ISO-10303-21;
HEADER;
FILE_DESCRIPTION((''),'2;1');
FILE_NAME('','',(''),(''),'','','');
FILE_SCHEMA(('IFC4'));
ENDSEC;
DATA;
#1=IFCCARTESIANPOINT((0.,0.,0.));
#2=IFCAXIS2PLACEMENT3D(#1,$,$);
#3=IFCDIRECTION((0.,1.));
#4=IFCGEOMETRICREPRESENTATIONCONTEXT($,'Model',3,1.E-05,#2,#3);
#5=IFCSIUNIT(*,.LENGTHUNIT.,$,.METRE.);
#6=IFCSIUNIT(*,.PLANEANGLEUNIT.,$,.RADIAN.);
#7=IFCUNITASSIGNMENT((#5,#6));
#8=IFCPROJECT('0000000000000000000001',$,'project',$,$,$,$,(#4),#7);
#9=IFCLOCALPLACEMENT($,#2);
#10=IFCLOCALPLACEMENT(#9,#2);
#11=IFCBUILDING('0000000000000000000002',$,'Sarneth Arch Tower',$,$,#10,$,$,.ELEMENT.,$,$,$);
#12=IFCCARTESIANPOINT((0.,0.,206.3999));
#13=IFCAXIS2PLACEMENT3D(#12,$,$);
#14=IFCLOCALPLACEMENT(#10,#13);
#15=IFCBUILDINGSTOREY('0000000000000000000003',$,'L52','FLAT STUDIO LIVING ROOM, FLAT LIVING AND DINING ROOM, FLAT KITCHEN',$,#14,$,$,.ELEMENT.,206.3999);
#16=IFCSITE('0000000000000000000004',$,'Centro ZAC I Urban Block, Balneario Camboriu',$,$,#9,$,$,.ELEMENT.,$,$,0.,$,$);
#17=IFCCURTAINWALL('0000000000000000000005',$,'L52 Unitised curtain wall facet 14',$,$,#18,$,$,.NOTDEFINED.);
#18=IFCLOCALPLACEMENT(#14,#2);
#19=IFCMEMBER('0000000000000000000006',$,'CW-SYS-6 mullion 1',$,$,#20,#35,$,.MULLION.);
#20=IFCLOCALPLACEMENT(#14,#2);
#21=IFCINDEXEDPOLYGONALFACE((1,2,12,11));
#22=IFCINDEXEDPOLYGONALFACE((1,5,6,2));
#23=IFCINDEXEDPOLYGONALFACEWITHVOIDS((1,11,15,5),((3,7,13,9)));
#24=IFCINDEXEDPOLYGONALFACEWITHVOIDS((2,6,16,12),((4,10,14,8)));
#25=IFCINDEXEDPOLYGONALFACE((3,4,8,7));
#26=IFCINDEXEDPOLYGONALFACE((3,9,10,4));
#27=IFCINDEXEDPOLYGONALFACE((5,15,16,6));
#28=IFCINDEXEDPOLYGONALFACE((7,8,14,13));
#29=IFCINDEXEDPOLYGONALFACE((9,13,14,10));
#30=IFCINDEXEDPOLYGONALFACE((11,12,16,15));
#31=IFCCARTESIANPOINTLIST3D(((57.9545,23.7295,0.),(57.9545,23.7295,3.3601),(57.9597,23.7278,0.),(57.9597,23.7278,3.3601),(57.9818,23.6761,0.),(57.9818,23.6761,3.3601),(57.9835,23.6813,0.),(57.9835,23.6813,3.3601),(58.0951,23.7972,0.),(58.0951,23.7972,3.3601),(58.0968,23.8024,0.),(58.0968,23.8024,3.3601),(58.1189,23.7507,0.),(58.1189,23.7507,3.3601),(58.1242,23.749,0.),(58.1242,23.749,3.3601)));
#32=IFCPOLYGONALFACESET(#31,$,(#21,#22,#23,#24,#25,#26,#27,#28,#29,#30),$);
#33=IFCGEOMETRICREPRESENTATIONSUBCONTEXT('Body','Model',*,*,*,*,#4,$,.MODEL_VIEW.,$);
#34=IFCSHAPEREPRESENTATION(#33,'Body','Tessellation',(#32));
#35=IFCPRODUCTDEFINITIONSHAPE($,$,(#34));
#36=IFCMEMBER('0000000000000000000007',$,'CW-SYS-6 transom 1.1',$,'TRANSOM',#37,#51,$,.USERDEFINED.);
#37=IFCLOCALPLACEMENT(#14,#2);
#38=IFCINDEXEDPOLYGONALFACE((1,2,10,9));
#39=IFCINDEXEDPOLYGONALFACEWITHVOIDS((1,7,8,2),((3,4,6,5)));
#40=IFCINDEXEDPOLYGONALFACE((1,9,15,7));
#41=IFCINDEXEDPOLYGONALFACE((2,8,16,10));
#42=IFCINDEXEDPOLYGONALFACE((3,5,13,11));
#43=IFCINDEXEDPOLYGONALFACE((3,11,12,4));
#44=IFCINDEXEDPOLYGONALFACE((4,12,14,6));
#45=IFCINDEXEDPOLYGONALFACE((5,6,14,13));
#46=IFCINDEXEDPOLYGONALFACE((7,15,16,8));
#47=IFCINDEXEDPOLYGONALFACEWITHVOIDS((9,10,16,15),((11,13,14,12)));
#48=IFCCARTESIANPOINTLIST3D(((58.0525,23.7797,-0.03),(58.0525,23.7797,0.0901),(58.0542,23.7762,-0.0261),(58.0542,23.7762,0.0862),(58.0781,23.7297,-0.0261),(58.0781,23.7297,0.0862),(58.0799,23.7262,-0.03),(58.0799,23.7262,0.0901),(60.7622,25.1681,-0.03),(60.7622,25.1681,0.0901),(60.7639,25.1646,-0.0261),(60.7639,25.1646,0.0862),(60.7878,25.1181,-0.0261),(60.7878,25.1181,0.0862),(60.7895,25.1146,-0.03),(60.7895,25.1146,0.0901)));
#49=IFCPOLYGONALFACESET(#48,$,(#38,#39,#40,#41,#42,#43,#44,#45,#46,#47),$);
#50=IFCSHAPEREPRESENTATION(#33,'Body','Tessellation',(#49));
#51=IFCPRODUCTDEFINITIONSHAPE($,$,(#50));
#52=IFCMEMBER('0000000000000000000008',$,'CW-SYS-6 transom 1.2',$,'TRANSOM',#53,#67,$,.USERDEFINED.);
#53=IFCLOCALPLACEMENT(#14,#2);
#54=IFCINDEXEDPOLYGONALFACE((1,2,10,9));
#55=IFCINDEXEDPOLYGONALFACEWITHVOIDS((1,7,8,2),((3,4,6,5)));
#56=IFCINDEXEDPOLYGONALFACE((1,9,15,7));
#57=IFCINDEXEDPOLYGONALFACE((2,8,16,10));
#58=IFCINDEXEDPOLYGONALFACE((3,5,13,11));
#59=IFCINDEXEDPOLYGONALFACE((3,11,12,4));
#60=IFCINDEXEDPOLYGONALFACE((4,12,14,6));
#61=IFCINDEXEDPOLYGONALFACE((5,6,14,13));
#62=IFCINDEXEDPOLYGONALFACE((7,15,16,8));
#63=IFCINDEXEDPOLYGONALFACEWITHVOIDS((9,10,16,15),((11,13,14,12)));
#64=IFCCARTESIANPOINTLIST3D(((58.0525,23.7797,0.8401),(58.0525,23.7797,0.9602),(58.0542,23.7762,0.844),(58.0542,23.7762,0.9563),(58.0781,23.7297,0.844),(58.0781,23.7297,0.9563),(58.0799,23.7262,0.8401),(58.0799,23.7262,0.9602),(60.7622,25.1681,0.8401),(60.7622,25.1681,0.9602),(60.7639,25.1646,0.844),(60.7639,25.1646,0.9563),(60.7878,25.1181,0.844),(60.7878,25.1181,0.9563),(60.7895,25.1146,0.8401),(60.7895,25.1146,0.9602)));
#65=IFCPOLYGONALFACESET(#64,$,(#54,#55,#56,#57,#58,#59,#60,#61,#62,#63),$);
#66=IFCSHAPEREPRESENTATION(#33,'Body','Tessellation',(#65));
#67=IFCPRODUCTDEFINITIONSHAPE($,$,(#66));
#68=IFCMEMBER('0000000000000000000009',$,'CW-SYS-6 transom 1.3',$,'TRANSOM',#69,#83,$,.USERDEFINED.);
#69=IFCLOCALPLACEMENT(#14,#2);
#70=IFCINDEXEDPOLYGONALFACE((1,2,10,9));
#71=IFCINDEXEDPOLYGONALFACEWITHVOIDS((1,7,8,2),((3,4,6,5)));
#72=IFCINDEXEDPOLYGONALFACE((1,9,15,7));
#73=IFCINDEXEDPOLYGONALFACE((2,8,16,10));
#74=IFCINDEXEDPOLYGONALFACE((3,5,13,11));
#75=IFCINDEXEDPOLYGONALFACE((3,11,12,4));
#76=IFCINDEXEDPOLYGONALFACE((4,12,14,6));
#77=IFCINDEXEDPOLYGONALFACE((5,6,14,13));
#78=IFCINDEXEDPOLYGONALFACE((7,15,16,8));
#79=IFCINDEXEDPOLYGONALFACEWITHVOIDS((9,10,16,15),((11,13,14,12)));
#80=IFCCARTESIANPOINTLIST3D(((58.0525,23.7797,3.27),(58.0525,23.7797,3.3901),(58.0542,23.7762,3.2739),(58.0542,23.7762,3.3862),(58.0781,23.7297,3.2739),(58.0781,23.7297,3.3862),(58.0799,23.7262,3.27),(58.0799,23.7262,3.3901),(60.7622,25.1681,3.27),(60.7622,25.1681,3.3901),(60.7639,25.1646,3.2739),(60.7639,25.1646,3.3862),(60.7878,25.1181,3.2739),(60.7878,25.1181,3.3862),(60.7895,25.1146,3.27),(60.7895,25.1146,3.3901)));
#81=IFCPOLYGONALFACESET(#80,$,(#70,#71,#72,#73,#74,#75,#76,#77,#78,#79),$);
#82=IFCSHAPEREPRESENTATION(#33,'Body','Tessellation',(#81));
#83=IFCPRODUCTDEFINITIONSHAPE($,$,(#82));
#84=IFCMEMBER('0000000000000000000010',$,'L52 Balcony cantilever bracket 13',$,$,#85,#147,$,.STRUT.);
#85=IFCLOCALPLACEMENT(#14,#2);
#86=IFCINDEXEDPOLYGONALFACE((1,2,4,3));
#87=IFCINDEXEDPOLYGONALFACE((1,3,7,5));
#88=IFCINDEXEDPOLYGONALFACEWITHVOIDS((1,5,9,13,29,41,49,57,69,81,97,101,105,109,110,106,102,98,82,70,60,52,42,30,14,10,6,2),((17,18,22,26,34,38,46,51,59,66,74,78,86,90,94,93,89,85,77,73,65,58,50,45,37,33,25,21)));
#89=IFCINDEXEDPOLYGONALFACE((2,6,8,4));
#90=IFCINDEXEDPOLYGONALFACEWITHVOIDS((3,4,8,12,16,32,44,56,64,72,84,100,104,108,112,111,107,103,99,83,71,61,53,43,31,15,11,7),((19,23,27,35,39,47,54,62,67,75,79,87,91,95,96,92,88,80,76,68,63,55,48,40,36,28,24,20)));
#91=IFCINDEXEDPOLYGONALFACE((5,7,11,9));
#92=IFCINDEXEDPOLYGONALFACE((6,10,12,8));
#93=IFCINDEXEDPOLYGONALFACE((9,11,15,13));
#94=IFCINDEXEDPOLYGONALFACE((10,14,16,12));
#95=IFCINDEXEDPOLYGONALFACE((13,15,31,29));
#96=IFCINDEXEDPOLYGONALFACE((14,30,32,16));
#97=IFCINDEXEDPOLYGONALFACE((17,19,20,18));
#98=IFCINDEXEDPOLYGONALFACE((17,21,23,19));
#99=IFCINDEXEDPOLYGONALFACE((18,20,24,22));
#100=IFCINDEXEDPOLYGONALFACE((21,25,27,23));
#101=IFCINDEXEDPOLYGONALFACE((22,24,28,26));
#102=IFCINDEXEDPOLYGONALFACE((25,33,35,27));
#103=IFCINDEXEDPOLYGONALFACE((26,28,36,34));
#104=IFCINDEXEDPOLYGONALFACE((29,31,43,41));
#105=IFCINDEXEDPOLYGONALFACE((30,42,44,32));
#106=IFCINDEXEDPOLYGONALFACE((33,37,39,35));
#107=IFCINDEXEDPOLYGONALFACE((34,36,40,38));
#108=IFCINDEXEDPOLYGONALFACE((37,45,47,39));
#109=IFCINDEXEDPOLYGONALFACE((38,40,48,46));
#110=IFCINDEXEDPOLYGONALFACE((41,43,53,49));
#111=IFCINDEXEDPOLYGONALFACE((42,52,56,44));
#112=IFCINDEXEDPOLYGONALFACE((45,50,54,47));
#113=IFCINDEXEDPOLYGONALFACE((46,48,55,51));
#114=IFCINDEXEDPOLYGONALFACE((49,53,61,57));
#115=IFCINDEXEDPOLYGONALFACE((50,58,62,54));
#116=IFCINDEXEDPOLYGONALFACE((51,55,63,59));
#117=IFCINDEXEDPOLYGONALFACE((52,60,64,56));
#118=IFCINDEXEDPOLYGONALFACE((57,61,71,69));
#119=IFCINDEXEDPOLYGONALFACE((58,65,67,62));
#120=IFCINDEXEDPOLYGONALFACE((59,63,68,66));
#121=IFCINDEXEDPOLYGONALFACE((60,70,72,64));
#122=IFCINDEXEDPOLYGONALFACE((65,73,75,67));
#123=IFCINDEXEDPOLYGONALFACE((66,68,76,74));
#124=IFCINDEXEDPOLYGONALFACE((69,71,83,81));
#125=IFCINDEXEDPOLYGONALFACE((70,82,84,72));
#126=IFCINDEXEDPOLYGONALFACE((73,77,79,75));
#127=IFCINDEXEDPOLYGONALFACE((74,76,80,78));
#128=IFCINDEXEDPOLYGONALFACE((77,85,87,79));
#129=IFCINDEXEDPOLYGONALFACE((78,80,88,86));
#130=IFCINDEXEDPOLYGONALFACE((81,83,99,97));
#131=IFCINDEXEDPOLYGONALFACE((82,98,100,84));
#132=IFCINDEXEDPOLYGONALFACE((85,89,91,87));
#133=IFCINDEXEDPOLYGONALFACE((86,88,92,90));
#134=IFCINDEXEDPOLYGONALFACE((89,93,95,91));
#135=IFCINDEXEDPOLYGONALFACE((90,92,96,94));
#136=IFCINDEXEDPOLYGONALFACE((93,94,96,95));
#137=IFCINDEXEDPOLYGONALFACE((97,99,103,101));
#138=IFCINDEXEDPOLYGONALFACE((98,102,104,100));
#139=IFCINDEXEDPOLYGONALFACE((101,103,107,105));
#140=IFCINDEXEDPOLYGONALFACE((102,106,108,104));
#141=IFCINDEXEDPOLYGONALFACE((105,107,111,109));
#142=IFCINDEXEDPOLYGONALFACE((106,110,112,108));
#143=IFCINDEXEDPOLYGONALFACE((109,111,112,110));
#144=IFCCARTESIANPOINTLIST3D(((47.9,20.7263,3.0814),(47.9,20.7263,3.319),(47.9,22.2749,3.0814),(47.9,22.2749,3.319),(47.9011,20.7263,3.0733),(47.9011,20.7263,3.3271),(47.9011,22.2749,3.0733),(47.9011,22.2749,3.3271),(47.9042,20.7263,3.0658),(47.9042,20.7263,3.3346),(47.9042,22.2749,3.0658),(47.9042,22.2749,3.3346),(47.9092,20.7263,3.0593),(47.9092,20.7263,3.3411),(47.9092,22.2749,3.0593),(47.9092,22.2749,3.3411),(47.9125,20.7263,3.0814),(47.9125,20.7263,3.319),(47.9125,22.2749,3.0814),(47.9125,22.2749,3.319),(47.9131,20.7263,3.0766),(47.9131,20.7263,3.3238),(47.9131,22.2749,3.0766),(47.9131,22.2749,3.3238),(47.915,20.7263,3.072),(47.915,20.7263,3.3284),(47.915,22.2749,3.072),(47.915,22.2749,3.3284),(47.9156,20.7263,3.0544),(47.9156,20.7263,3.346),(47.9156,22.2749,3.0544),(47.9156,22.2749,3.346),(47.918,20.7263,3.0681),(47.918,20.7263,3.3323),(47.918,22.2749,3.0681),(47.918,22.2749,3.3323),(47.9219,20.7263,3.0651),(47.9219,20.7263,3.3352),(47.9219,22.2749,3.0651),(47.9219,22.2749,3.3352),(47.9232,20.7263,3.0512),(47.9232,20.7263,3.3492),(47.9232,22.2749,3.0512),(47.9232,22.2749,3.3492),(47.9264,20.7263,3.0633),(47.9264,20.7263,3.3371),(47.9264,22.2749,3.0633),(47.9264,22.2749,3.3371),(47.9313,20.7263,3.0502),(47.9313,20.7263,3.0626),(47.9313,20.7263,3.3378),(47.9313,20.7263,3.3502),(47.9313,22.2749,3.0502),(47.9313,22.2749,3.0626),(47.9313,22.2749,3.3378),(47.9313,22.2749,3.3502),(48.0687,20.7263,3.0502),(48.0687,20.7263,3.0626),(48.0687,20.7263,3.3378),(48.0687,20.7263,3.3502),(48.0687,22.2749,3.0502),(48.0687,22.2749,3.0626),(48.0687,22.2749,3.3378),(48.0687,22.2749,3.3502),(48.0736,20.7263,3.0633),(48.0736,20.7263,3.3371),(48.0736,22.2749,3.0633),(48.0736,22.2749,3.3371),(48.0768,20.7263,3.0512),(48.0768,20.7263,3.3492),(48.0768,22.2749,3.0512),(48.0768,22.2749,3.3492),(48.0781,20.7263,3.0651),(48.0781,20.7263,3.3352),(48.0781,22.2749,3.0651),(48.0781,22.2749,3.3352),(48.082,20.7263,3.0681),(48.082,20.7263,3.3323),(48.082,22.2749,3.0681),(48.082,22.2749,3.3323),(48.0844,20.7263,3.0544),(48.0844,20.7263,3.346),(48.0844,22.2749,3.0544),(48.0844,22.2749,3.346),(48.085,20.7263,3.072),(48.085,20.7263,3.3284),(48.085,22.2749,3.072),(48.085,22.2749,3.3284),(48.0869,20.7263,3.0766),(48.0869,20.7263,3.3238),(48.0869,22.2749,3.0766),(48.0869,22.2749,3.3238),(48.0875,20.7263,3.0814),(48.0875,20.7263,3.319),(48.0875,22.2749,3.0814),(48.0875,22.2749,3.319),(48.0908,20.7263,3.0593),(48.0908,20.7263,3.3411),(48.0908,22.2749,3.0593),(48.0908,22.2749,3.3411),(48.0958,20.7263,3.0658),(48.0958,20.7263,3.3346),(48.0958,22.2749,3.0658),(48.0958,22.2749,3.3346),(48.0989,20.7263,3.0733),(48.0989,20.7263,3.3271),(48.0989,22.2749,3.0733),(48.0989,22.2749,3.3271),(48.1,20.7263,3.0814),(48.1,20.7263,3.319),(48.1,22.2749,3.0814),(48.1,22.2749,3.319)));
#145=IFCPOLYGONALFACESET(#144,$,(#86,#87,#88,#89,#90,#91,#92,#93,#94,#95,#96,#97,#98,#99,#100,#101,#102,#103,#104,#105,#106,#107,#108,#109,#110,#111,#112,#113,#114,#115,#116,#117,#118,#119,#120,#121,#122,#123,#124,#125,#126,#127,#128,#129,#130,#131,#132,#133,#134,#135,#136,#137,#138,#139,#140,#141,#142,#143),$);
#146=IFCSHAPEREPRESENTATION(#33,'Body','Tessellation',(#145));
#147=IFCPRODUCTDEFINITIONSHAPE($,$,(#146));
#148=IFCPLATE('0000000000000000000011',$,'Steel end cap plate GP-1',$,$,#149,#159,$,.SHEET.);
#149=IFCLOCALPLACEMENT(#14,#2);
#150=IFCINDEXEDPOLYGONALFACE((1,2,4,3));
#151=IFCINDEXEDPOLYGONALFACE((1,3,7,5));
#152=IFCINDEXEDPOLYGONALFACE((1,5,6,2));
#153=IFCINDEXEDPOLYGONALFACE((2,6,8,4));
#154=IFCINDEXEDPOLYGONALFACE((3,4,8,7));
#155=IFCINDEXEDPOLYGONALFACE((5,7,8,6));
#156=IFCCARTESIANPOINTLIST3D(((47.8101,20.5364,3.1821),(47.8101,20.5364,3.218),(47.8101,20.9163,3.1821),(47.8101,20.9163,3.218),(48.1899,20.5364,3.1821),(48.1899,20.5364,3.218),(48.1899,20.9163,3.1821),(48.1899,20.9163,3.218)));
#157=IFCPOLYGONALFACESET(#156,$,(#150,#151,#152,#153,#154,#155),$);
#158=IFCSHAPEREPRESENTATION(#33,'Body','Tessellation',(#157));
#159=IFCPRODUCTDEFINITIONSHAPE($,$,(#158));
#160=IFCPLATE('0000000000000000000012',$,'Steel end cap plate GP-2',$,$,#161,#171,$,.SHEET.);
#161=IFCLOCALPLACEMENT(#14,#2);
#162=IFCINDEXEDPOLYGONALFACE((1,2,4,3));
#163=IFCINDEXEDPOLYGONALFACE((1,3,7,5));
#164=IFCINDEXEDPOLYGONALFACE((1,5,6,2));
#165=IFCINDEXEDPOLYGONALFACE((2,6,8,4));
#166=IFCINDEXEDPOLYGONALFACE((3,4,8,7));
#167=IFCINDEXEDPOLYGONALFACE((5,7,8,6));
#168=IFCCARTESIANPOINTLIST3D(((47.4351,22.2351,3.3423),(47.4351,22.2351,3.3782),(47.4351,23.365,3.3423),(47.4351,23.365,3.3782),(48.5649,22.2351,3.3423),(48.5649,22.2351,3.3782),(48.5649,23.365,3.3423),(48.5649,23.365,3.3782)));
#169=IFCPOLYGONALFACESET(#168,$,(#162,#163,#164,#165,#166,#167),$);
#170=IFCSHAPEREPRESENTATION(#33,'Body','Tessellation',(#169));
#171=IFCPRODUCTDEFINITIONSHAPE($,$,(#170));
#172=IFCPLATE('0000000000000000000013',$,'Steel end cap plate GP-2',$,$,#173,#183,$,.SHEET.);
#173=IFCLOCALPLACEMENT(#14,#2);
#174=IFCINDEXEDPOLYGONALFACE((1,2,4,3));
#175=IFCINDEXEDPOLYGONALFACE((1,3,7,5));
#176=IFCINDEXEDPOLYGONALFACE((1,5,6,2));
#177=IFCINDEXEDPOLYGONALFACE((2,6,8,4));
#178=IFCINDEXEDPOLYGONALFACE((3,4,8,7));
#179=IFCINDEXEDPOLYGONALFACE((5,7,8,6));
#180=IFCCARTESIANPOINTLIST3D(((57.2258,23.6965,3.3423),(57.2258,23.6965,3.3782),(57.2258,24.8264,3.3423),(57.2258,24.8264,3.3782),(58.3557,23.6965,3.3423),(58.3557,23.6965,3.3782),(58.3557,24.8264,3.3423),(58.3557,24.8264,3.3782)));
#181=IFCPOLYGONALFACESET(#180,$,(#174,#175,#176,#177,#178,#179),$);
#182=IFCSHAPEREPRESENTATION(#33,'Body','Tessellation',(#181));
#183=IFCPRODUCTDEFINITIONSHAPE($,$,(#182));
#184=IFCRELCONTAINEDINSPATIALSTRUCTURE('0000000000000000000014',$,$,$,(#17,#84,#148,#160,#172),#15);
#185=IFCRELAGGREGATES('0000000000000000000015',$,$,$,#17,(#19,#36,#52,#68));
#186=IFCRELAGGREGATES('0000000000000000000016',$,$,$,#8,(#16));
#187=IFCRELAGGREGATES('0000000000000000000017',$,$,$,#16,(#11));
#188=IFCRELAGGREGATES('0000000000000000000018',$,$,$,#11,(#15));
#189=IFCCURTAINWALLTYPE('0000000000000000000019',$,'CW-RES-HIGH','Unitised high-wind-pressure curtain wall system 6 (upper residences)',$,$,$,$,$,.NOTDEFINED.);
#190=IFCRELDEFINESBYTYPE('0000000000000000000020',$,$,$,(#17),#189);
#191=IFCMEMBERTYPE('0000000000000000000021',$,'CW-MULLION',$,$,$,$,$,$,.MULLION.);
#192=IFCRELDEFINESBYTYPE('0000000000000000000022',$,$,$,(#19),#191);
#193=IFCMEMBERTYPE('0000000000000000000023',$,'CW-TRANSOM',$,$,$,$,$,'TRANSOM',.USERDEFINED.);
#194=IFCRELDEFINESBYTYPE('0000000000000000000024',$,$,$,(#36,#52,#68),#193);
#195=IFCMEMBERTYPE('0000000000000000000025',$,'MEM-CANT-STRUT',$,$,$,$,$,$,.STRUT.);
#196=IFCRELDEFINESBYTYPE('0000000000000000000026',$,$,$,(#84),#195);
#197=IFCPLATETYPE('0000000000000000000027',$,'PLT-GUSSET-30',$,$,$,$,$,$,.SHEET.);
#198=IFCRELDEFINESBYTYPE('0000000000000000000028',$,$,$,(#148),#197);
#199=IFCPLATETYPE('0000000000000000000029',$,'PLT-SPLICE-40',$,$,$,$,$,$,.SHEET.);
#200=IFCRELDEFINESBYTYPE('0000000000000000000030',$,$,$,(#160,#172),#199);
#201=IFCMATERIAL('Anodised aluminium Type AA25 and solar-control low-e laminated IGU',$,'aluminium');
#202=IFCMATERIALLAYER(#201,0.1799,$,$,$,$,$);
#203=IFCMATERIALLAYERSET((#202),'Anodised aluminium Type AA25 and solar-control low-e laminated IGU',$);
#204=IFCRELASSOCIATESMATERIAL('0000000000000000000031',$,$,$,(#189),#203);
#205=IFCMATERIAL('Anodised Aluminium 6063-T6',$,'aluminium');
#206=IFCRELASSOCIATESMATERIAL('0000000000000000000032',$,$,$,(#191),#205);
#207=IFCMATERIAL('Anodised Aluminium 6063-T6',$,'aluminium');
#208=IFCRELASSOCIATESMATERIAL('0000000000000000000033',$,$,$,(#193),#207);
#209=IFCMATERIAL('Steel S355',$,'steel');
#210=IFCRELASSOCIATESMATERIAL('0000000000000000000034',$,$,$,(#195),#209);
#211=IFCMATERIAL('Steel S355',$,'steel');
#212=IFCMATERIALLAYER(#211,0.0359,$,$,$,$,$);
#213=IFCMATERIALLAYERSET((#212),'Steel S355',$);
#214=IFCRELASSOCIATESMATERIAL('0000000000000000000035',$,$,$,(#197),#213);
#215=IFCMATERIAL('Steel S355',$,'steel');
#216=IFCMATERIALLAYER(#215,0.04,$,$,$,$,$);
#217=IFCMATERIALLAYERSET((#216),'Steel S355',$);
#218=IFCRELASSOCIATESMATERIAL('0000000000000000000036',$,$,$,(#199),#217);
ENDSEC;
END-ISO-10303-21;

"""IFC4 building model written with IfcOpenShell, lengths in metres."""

from ifc_helpers import new_model, si_unit, direction, frame, origin, origin_2d, place, context, subcontext, project, spatial, rectangle, hollow_rectangle, extrude, material, layer, layer_set, material_profile, profile_set, type_object, element, aggregate, save


model = new_model("IFC4")

# Units and contexts
model_context = context("Model", 3, precision=1e-05, world=origin(), true_north=direction((0.0, 1.0)))
body_context = subcontext(model_context, "Body", "Model", "MODEL_VIEW")
ifc_project = project(units=[si_unit("LENGTHUNIT", "METRE"), si_unit("PLANEANGLEUNIT", "RADIAN")], contexts=[model_context])

# Site, building, storey
site_placement = place(None, origin())
site = spatial("IfcSite", under=ifc_project, at=site_placement, Name="Centro ZAC I Urban Block, Balneario Camboriu", CompositionType="ELEMENT", RefElevation=0.0)
building_placement = place(site_placement, origin())
building = spatial("IfcBuilding", under=site, at=building_placement, Name="Sarneth Arch Tower", CompositionType="ELEMENT")
storey_placement = place(building_placement, frame((0.0, 0.0, 206.3999)))
storey = spatial("IfcBuildingStorey", under=building, at=storey_placement, Name="L52", Description="FLAT STUDIO LIVING ROOM, FLAT LIVING AND DINING ROOM, FLAT KITCHEN", CompositionType="ELEMENT", Elevation=206.3999)

# Curtain wall, members
ifc_material_1 = material(Name="Anodised aluminium Type AA25 and solar-control low-e laminated IGU", Category="aluminium")
ifc_layer_1 = layer(ifc_material_1, 0.1799)
ifc_layer_set_1 = layer_set([ifc_layer_1], Name="Anodised aluminium Type AA25 and solar-control low-e laminated IGU")
curtain_wall_type = type_object("IfcCurtainWallType", Name="CW-RES-HIGH", Description="Unitised high-wind-pressure curtain wall system 6 (upper residences)", PredefinedType="NOTDEFINED", material=ifc_layer_set_1)
curtain_wall_placement = place(storey_placement, origin())
curtain_wall = element("IfcCurtainWall", 1, at=curtain_wall_placement, inside=storey, type_object=curtain_wall_type, Name="L52 Unitised curtain wall facet 14", PredefinedType="NOTDEFINED")
ifc_material_2 = material(Name="Anodised Aluminium 6063-T6", Category="aluminium")
ifc_material_profile_1 = material_profile(ifc_material_2, hollow_rectangle(XDim=0.0601, YDim=0.1599, WallThickness=0.0039, at=origin_2d()), Name="AL-MULL-160x60x4")
ifc_profile_set_1 = profile_set([ifc_material_profile_1], Name="Anodised Aluminium 6063-T6")
member_type_1 = type_object("IfcMemberType", Name="CW-MULLION", PredefinedType="MULLION", material=ifc_profile_set_1)
member_1_placement = place(storey_placement, frame((58.0393, 23.7393, 0.0), z_axis=(0.0, 0.0, 1.0), x_axis=(-0.455942, 0.89001, 0.0)))
member_1 = element("IfcMember", 2, at=member_1_placement, type_object=member_type_1, Name="CW-SYS-6 mullion 1", PredefinedType="MULLION", context=body_context, shape_type="SweptSolid", body=[
    extrude(hollow_rectangle(XDim=0.0601, YDim=0.1599, WallThickness=0.0039, at=origin_2d()), origin(), (0.0, 0.0, 1.0), 3.3601),
])
ifc_material_3 = material(Name="Anodised Aluminium 6063-T6", Category="aluminium")
ifc_material_profile_2 = material_profile(ifc_material_3, hollow_rectangle(XDim=0.0601, YDim=0.1201, WallThickness=0.0039, at=origin_2d()), Name="AL-TRAN-120x60x4")
ifc_profile_set_2 = profile_set([ifc_material_profile_2], Name="Anodised Aluminium 6063-T6")
member_type_2 = type_object("IfcMemberType", Name="CW-TRANSOM", ElementType="TRANSOM", PredefinedType="USERDEFINED", material=ifc_profile_set_2)
member_2_placement = place(storey_placement, frame((58.0662, 23.7529, 0.03), z_axis=(0.889974, 0.456012, 0.0), x_axis=(-0.456012, 0.889974, 0.0)))
member_2 = element("IfcMember", 3, at=member_2_placement, type_object=member_type_2, Name="CW-SYS-6 transom 1.1", ObjectType="TRANSOM", PredefinedType="USERDEFINED", context=body_context, shape_type="SweptSolid", body=[
    extrude(hollow_rectangle(XDim=0.0601, YDim=0.1201, WallThickness=0.0039, at=origin_2d()), origin(), (0.0, 0.0, 1.0), 3.0447),
])
member_3_placement = place(storey_placement, frame((58.0662, 23.7529, 0.9001), z_axis=(0.889974, 0.456012, 0.0), x_axis=(-0.456012, 0.889974, 0.0)))
member_3 = element("IfcMember", 4, at=member_3_placement, type_object=member_type_2, Name="CW-SYS-6 transom 1.2", ObjectType="TRANSOM", PredefinedType="USERDEFINED", context=body_context, shape_type="SweptSolid", body=[
    extrude(hollow_rectangle(XDim=0.0601, YDim=0.1201, WallThickness=0.0039, at=origin_2d()), origin(), (0.0, 0.0, 1.0), 3.0447),
])
member_4_placement = place(storey_placement, frame((58.0662, 23.7529, 3.3301), z_axis=(0.889974, 0.456012, 0.0), x_axis=(-0.456012, 0.889974, 0.0)))
member_4 = element("IfcMember", 5, at=member_4_placement, type_object=member_type_2, Name="CW-SYS-6 transom 1.3", ObjectType="TRANSOM", PredefinedType="USERDEFINED", context=body_context, shape_type="SweptSolid", body=[
    extrude(hollow_rectangle(XDim=0.0601, YDim=0.1201, WallThickness=0.0039, at=origin_2d()), origin(), (0.0, 0.0, 1.0), 3.0447),
])
aggregate(curtain_wall, [member_1, member_2, member_3, member_4])

# Member
ifc_material_4 = material(Name="Steel S355", Category="steel")
ifc_material_profile_3 = material_profile(ifc_material_4, hollow_rectangle(XDim=0.2, YDim=0.3, WallThickness=0.0125, InnerFilletRadius=0.0188, OuterFilletRadius=0.0312, at=origin_2d()), Name="RHS300x200x12.5")
ifc_profile_set_3 = profile_set([ifc_material_profile_3], Name="Steel S355")
member_type_3 = type_object("IfcMemberType", Name="MEM-CANT-STRUT", PredefinedType="STRUT", material=ifc_profile_set_3)
member_5_placement = place(storey_placement, frame((48.0, 22.2749, 3.2002), z_axis=(0.0, -1.0, 0.0), x_axis=(1.0, 0.0, 0.0)))
element("IfcMember", 6, at=member_5_placement, inside=storey, type_object=member_type_3, Name="L52 Balcony cantilever bracket 13", PredefinedType="STRUT", context=body_context, shape_type="SweptSolid", body=[
    extrude(hollow_rectangle(XDim=0.2, YDim=0.3, WallThickness=0.0125, InnerFilletRadius=0.0188, OuterFilletRadius=0.0312, at=origin_2d()), origin(), (0.0, 0.0, 1.0), 1.5486),
])

# Plates
ifc_material_5 = material(Name="Steel S355", Category="steel")
ifc_layer_2 = layer(ifc_material_5, 0.0359)
ifc_layer_set_2 = layer_set([ifc_layer_2], Name="Steel S355")
plate_type_1 = type_object("IfcPlateType", Name="PLT-GUSSET-30", PredefinedType="SHEET", material=ifc_layer_set_2)
plate_placement = place(storey_placement, frame((48.0, 20.7263, 3.1821), z_axis=(0.0, 0.0, 1.0), x_axis=(0.0, -1.0, 0.0)))
element("IfcPlate", 7, at=plate_placement, inside=storey, type_object=plate_type_1, Name="Steel end cap plate GP-1", PredefinedType="SHEET", context=body_context, shape_type="SweptSolid", body=[
    extrude(rectangle(XDim=0.3799, YDim=0.3799, at=origin_2d()), origin(), (0.0, 0.0, 1.0), 0.0359),
])
ifc_material_6 = material(Name="Steel S355", Category="steel")
ifc_layer_3 = layer(ifc_material_6, 0.04)
ifc_layer_set_3 = layer_set([ifc_layer_3], Name="Steel S355")
plate_type_2 = type_object("IfcPlateType", Name="PLT-SPLICE-40", PredefinedType="SHEET", material=ifc_layer_set_3)
for number, where, z_axis, x_axis, name in (
    (8, (48.0, 22.8, 3.3423), (0.0, 0.0, 1.0), (1.0, 0.0, 0.0), "Steel end cap plate GP-2"),
    (9, (57.7908, 24.2615, 3.3423), (0.0, 0.0, 1.0), (1.0, 0.0, 0.0), "Steel end cap plate GP-2"),
):
    element("IfcPlate", number, at=place(storey_placement, frame(where, z_axis=z_axis, x_axis=x_axis)), inside=storey, type_object=plate_type_2, Name=name, PredefinedType="SHEET", context=body_context, shape_type="SweptSolid", body=[
        extrude(rectangle(XDim=1.1299, YDim=1.1299, at=origin_2d()), origin(), (0.0, 0.0, 1.0), 0.0359),
    ])

save(model, "model.ifc")
